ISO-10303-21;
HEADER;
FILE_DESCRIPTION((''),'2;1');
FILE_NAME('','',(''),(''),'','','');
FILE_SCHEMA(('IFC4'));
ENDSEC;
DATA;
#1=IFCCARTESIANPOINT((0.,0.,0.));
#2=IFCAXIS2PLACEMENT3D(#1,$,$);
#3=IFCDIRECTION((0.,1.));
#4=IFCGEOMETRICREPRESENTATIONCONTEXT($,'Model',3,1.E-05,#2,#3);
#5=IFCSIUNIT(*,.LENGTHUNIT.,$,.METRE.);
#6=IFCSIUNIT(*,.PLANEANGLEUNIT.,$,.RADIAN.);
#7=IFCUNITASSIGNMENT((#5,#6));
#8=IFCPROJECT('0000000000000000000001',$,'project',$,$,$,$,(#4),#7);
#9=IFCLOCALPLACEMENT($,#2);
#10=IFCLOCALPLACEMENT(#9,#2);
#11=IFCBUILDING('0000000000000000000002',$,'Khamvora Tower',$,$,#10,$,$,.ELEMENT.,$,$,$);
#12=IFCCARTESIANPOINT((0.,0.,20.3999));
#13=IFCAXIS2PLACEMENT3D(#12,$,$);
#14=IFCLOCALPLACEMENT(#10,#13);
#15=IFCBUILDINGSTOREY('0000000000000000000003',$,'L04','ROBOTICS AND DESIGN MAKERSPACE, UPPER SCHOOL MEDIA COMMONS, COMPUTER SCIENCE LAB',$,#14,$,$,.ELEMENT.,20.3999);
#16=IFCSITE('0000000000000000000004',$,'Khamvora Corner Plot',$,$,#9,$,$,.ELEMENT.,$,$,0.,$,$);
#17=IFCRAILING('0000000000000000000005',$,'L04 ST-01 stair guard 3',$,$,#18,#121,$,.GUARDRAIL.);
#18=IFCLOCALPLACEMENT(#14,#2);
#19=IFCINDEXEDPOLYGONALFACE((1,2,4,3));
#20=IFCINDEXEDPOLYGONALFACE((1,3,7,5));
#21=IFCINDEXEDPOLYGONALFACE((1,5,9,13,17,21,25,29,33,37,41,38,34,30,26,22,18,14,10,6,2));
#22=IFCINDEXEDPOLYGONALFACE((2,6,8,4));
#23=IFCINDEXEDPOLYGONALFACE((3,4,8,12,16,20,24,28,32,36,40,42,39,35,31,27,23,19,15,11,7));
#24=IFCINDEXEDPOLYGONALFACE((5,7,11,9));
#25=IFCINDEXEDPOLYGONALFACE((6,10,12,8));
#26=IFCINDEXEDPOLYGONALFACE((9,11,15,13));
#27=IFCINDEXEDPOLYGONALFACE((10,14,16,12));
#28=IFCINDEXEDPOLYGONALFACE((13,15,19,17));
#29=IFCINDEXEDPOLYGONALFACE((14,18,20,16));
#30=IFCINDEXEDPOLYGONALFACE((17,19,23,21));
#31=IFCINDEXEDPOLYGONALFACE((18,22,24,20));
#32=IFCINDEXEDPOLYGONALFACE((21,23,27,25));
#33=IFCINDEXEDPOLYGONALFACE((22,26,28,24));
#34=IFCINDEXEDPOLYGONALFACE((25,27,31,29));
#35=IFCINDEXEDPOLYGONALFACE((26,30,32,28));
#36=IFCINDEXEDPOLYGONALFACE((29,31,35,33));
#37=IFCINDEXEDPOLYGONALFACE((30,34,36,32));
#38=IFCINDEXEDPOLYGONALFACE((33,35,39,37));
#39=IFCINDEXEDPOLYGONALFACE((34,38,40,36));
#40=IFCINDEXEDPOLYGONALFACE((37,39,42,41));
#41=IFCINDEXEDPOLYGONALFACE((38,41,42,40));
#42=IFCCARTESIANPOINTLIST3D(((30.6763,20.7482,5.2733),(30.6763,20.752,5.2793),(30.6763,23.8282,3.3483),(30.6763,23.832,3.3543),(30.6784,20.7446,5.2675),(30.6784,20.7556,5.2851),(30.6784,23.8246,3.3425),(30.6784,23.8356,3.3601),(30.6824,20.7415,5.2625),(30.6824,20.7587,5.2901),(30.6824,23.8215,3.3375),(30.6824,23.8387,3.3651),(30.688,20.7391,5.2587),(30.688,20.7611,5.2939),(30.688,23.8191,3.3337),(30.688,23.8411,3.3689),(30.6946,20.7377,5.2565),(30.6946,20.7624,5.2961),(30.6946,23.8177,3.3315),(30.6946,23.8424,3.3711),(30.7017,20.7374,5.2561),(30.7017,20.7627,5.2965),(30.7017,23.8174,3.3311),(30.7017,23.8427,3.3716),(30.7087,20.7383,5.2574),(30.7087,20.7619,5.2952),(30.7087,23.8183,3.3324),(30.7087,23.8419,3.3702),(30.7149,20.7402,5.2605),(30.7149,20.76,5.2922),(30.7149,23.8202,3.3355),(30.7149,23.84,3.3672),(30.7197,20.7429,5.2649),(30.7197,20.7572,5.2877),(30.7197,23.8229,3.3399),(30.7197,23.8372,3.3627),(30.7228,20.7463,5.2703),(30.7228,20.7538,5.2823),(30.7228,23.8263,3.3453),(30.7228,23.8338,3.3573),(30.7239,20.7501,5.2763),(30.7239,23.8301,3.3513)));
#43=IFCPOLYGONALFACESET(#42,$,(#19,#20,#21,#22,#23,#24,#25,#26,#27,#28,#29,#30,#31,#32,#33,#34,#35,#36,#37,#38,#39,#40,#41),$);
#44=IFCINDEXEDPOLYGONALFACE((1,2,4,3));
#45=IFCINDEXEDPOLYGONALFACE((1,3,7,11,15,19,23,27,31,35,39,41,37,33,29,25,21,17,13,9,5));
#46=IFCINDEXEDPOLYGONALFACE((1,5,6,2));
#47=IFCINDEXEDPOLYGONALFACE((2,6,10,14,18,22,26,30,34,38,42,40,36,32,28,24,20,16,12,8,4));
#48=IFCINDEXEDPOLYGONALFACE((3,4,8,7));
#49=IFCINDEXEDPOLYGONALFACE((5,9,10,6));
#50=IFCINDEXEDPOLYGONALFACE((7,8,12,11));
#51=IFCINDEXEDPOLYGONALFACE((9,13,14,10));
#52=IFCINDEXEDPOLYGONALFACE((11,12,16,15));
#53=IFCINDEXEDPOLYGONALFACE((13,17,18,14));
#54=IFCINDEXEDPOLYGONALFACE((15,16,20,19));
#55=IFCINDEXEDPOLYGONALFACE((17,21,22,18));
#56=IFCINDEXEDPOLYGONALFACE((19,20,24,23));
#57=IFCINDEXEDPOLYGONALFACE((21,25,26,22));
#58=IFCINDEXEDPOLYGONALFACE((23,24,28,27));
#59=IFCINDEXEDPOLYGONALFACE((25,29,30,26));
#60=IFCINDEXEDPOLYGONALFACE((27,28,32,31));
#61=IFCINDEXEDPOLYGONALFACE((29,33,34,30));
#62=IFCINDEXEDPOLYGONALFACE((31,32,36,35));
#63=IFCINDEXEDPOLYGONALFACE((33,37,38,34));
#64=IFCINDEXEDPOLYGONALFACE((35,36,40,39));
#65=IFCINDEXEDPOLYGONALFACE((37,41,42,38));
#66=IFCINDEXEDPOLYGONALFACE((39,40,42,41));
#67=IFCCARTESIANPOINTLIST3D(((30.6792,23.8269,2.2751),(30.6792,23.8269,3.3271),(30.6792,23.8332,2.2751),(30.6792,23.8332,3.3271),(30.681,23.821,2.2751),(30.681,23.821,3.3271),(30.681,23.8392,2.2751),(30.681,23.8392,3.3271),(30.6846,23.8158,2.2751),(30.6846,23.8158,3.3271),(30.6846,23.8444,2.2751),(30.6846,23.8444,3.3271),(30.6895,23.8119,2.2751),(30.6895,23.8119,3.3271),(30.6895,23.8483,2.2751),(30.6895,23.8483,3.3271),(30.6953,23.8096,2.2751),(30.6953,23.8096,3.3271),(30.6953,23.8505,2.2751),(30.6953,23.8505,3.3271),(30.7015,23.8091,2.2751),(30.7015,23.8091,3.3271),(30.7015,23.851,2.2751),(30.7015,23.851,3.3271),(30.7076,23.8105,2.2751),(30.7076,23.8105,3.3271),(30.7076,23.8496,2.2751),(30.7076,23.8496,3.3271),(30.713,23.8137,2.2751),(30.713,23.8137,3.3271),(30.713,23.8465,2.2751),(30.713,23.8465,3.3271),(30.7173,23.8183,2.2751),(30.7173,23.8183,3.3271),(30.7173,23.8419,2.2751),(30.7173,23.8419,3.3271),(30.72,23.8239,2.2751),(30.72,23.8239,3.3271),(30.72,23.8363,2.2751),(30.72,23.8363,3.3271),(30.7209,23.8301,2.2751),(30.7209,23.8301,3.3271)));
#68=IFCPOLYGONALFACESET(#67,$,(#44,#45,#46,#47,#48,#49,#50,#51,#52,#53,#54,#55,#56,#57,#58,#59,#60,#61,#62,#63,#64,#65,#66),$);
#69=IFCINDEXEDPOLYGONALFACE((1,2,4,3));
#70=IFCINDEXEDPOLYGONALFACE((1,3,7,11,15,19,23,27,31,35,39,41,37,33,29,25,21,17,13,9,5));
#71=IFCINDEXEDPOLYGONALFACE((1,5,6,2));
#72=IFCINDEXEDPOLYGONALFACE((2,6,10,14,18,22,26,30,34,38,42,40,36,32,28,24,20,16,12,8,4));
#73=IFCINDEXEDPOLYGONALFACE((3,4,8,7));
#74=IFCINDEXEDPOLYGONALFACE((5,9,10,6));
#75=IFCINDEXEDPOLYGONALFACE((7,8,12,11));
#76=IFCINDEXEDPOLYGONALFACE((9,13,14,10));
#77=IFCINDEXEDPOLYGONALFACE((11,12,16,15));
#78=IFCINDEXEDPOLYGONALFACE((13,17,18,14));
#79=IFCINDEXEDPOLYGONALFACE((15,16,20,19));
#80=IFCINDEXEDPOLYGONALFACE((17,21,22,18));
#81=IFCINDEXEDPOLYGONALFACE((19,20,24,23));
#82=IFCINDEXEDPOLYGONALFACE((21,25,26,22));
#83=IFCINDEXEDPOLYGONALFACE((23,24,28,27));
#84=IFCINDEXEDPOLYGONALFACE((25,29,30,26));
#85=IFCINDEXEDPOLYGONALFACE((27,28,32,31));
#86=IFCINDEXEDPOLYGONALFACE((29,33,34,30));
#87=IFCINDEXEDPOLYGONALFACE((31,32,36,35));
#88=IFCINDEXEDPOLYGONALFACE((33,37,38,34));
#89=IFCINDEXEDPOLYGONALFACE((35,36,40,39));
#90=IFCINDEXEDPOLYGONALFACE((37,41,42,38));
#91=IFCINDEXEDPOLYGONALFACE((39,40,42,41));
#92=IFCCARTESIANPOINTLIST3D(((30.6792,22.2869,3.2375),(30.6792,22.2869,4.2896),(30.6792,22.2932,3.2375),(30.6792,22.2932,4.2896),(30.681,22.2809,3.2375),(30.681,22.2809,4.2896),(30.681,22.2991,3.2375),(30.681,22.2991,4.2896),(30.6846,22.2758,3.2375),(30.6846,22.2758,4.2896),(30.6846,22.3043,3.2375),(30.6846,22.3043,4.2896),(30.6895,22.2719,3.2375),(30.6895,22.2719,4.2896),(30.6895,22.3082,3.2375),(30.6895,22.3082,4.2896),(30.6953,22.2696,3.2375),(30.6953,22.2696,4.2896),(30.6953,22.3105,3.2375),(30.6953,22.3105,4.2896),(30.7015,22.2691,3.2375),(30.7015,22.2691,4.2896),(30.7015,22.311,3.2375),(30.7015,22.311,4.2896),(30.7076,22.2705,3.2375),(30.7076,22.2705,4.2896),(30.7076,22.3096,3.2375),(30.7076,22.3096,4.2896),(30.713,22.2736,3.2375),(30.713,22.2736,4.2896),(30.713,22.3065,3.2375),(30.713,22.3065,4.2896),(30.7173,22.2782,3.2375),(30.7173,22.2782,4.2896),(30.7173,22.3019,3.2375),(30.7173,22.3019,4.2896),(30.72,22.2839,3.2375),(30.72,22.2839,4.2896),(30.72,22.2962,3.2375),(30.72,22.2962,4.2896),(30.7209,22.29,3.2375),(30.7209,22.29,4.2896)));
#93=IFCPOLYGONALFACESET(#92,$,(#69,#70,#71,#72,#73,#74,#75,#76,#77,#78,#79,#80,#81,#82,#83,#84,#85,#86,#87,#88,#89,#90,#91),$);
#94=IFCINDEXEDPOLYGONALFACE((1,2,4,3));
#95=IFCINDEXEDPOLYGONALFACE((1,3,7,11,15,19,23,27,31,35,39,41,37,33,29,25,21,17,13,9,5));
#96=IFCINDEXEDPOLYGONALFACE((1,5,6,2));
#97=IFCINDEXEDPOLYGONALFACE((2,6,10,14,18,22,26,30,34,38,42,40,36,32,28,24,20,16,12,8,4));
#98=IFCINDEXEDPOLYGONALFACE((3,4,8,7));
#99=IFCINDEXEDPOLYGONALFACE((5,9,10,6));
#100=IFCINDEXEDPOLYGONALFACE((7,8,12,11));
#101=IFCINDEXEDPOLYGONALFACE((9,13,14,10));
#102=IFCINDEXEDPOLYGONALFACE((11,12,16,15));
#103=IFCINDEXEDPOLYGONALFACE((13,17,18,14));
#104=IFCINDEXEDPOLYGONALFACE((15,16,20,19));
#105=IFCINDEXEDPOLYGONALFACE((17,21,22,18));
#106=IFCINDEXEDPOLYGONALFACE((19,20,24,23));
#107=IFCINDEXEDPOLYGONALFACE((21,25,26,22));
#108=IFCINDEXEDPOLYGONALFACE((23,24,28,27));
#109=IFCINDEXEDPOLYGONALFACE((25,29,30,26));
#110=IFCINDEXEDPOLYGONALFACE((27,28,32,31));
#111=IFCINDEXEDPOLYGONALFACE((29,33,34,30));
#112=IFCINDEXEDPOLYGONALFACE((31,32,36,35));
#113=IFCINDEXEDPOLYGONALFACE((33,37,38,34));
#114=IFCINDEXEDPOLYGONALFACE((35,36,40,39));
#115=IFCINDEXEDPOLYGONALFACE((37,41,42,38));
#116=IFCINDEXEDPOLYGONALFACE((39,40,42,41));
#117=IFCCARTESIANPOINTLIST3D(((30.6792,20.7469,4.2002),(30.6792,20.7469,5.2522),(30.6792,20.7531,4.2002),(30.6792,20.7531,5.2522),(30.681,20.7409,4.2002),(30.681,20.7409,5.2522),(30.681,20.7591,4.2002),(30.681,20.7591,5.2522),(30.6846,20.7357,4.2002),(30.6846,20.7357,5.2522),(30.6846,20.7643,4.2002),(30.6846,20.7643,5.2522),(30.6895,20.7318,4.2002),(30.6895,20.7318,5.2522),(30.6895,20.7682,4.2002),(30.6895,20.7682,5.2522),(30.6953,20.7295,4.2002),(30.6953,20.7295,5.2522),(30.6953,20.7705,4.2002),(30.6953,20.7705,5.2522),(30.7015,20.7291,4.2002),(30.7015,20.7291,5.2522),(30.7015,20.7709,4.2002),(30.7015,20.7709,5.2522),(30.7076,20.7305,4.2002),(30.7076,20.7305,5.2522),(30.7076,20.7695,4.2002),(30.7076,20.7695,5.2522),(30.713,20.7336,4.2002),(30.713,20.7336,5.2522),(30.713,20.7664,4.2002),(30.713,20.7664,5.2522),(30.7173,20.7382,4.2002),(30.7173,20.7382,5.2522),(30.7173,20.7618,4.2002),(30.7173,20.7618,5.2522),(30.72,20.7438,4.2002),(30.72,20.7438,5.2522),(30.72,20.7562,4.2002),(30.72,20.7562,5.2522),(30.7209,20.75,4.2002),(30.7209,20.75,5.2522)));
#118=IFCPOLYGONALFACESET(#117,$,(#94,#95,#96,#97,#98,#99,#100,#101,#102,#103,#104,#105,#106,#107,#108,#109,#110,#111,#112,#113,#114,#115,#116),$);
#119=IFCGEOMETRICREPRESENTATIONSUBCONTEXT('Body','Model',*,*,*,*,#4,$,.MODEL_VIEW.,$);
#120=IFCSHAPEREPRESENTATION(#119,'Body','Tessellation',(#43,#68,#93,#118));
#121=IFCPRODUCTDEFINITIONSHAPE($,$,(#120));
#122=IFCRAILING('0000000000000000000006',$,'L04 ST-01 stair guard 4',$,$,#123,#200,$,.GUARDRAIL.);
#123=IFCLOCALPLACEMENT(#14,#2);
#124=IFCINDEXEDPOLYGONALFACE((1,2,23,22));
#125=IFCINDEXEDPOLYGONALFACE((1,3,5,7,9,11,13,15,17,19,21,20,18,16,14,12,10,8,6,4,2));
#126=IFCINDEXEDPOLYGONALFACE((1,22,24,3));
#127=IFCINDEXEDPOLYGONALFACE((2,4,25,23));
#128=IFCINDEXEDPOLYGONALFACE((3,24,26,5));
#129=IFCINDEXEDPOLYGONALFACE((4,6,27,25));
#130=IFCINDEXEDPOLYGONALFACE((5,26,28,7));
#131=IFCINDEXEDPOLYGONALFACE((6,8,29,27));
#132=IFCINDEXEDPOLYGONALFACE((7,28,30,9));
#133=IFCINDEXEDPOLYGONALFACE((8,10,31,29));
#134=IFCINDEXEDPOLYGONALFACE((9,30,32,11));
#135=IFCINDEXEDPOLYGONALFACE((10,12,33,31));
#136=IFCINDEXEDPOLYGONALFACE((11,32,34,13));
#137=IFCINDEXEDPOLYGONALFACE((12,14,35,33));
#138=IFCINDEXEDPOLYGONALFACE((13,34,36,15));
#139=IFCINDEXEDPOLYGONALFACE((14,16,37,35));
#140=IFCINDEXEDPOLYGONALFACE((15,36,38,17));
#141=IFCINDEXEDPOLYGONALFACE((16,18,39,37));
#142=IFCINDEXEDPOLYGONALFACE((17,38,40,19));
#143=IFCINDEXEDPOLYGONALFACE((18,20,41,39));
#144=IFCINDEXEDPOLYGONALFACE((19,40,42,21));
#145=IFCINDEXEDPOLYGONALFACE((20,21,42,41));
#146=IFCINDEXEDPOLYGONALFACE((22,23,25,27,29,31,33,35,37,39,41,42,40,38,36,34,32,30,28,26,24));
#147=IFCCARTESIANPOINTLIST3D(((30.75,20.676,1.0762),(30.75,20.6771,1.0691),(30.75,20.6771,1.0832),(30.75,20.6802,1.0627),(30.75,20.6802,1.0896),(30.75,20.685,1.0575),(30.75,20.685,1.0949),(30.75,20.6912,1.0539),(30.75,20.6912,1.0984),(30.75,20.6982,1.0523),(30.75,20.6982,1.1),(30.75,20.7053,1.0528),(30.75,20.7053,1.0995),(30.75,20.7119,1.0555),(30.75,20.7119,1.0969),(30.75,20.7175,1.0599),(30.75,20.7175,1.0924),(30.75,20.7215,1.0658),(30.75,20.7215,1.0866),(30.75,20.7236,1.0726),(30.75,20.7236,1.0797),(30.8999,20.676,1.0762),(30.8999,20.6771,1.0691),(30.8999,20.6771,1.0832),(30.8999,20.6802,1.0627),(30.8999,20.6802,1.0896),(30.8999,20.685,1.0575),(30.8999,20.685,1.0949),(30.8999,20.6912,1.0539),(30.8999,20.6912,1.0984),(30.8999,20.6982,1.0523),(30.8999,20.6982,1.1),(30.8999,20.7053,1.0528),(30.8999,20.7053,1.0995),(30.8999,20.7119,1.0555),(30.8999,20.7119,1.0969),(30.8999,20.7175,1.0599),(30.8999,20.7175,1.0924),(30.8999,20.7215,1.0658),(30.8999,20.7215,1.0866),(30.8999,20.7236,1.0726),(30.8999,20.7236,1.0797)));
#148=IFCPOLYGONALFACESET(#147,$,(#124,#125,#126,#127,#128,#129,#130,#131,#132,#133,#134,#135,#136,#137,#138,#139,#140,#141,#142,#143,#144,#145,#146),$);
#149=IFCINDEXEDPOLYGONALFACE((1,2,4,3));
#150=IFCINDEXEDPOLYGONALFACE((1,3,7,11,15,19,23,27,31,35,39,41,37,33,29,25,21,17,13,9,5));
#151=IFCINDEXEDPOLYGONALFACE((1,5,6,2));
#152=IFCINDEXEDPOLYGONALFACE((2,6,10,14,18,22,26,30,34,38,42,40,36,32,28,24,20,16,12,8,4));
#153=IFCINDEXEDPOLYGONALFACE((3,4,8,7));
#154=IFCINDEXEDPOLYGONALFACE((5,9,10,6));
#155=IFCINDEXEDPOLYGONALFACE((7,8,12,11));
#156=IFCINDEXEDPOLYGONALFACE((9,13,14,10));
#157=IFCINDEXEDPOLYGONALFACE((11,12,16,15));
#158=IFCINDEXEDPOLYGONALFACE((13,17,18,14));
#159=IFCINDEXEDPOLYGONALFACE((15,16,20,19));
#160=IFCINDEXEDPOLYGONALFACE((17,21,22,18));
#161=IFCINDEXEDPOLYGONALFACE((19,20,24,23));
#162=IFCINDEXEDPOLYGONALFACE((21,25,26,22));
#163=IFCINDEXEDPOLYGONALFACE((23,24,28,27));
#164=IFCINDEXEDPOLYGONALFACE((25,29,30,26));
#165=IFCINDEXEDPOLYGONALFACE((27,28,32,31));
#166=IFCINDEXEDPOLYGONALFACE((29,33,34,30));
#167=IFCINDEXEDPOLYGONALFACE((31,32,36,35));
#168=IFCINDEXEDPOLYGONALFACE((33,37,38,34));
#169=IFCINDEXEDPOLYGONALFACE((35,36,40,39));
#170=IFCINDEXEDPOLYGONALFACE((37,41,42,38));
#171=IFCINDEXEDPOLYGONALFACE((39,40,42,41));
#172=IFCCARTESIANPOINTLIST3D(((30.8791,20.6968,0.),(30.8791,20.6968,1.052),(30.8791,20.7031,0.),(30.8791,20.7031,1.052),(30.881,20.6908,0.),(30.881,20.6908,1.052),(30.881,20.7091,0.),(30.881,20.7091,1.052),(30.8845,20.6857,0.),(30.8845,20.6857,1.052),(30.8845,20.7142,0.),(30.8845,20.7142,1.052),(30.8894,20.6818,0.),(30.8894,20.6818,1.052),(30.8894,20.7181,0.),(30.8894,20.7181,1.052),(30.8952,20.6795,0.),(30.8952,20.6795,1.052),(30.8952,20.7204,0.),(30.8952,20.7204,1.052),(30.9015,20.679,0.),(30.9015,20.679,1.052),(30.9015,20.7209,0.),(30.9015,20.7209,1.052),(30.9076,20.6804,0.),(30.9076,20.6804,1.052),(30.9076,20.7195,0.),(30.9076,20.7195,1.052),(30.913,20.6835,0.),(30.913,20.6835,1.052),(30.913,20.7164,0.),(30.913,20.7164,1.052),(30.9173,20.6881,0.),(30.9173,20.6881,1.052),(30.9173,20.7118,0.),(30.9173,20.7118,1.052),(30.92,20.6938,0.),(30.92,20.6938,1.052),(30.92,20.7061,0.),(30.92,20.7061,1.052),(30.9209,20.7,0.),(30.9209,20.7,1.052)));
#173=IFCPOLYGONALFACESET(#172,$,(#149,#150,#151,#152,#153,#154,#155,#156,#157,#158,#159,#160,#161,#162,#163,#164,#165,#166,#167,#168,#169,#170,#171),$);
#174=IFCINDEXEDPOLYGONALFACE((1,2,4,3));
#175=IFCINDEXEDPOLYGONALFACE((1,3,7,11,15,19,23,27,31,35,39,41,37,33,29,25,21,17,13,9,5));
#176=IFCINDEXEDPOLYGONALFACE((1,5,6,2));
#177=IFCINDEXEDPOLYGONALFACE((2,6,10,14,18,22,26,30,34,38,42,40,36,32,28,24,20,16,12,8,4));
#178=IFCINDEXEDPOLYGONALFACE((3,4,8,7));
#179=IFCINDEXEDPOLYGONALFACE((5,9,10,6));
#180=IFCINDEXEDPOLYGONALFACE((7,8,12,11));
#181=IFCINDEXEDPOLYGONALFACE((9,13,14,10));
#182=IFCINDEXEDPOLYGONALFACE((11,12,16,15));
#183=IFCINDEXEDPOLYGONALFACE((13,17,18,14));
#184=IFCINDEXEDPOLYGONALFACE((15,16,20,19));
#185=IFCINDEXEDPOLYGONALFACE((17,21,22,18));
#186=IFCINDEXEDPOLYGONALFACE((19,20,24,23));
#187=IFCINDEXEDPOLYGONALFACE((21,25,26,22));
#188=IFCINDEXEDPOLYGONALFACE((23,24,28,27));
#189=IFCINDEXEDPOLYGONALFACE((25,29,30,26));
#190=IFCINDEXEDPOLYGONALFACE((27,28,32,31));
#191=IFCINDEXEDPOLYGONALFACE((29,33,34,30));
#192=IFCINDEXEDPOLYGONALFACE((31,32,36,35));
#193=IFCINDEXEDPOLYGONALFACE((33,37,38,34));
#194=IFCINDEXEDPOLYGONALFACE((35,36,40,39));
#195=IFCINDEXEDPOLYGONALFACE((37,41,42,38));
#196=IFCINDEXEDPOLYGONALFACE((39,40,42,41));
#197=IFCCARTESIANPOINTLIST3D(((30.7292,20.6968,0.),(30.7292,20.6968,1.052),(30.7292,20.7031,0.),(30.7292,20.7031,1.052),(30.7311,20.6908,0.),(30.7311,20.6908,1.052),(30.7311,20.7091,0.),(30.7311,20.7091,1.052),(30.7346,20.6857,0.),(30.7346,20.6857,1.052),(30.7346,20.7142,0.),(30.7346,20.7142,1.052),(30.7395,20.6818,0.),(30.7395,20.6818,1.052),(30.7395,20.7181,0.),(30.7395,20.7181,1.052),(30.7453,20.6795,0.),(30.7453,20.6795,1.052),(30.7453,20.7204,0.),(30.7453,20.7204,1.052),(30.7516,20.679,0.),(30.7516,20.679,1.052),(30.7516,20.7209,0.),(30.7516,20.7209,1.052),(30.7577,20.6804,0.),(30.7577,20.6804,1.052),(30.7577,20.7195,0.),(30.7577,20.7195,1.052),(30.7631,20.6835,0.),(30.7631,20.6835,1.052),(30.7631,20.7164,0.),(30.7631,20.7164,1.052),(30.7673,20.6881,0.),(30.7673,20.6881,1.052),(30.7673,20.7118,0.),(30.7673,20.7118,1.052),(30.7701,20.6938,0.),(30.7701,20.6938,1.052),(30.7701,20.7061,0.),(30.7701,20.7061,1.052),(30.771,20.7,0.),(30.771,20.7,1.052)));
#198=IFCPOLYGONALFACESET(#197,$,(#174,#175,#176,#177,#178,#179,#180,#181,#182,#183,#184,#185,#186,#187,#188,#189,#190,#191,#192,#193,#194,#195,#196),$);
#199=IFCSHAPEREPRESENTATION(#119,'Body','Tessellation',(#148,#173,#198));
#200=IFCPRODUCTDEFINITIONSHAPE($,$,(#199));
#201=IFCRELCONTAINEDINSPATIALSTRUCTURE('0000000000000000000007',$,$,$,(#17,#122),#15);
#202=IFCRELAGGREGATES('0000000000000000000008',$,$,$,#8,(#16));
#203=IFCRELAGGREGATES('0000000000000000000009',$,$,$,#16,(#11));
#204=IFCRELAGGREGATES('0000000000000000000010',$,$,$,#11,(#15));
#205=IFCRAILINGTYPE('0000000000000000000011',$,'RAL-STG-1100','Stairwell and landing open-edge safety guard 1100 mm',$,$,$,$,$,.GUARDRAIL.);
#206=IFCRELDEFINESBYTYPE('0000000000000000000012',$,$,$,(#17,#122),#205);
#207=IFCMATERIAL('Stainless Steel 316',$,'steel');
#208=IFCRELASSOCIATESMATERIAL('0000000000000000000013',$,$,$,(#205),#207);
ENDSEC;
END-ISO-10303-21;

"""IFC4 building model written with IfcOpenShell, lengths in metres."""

from ifc_helpers import new_model, si_unit, direction, frame, origin, origin_2d, place, context, subcontext, project, spatial, circle, extrude, material, type_object, element, save


model = new_model("IFC4")

# Units and contexts
model_context = context("Model", 3, precision=1e-05, world=origin(), true_north=direction((0.0, 1.0)))
body_context = subcontext(model_context, "Body", "Model", "MODEL_VIEW")
ifc_project = project(units=[si_unit("LENGTHUNIT", "METRE"), si_unit("PLANEANGLEUNIT", "RADIAN")], contexts=[model_context])

# Site, building, storey
site_placement = place(None, origin())
site = spatial("IfcSite", under=ifc_project, at=site_placement, Name="Khamvora Corner Plot", CompositionType="ELEMENT", RefElevation=0.0)
building_placement = place(site_placement, origin())
building = spatial("IfcBuilding", under=site, at=building_placement, Name="Khamvora Tower", CompositionType="ELEMENT")
storey_placement = place(building_placement, frame((0.0, 0.0, 20.3999)))
storey = spatial("IfcBuildingStorey", under=building, at=storey_placement, Name="L04", Description="ROBOTICS AND DESIGN MAKERSPACE, UPPER SCHOOL MEDIA COMMONS, COMPUTER SCIENCE LAB", CompositionType="ELEMENT", Elevation=20.3999)

# Railings
ifc_material_1 = material(Name="Stainless Steel 316", Category="steel")
railing_type_1 = type_object("IfcRailingType", Name="RAL-STG-1100", Description="Stairwell and landing open-edge safety guard 1100 mm", PredefinedType="GUARDRAIL", material=ifc_material_1)
railing_1_placement = place(storey_placement, frame((30.7, 23.8301, 2.2751)))
element("IfcRailing", 1, at=railing_1_placement, inside=storey, type_object=railing_type_1, Name="L04 ST-01 stair guard 3", PredefinedType="GUARDRAIL", context=body_context, shape_type="SweptSolid", body=[
    extrude(circle(Radius=0.0239, at=origin_2d()), frame((0.0, 0.0, 1.0762), z_axis=(0.0, -0.847998, 0.529999), x_axis=(1.0, 0.0, 0.0)), (0.0, 0.0, 1.0), 3.6321),
    extrude(circle(Radius=0.021, at=origin_2d()), origin(), (0.0, 0.0, 1.0), 1.052),
    extrude(circle(Radius=0.021, at=origin_2d()), frame((0.0, -1.54, 0.9624)), (0.0, 0.0, 1.0), 1.052),
    extrude(circle(Radius=0.021, at=origin_2d()), frame((0.0, -3.0801, 1.925)), (0.0, 0.0, 1.0), 1.052),
])
railing_2_placement = place(storey_placement, frame((30.8999, 20.7, 0.0)))
element("IfcRailing", 2, at=railing_2_placement, inside=storey, type_object=railing_type_1, Name="L04 ST-01 stair guard 4", PredefinedType="GUARDRAIL", context=body_context, shape_type="SweptSolid", body=[
    extrude(circle(Radius=0.0239, at=origin_2d()), frame((0.0, 0.0, 1.0762), z_axis=(-1.0, 0.0, 0.0), x_axis=(0.0, -1.0, 0.0)), (0.0, 0.0, 1.0), 0.1499),
    extrude(circle(Radius=0.021, at=origin_2d()), origin(), (0.0, 0.0, 1.0), 1.052),
    extrude(circle(Radius=0.021, at=origin_2d()), frame((-0.1499, 0.0, 0.0)), (0.0, 0.0, 1.0), 1.052),
])

save(model, "model.ifc")
